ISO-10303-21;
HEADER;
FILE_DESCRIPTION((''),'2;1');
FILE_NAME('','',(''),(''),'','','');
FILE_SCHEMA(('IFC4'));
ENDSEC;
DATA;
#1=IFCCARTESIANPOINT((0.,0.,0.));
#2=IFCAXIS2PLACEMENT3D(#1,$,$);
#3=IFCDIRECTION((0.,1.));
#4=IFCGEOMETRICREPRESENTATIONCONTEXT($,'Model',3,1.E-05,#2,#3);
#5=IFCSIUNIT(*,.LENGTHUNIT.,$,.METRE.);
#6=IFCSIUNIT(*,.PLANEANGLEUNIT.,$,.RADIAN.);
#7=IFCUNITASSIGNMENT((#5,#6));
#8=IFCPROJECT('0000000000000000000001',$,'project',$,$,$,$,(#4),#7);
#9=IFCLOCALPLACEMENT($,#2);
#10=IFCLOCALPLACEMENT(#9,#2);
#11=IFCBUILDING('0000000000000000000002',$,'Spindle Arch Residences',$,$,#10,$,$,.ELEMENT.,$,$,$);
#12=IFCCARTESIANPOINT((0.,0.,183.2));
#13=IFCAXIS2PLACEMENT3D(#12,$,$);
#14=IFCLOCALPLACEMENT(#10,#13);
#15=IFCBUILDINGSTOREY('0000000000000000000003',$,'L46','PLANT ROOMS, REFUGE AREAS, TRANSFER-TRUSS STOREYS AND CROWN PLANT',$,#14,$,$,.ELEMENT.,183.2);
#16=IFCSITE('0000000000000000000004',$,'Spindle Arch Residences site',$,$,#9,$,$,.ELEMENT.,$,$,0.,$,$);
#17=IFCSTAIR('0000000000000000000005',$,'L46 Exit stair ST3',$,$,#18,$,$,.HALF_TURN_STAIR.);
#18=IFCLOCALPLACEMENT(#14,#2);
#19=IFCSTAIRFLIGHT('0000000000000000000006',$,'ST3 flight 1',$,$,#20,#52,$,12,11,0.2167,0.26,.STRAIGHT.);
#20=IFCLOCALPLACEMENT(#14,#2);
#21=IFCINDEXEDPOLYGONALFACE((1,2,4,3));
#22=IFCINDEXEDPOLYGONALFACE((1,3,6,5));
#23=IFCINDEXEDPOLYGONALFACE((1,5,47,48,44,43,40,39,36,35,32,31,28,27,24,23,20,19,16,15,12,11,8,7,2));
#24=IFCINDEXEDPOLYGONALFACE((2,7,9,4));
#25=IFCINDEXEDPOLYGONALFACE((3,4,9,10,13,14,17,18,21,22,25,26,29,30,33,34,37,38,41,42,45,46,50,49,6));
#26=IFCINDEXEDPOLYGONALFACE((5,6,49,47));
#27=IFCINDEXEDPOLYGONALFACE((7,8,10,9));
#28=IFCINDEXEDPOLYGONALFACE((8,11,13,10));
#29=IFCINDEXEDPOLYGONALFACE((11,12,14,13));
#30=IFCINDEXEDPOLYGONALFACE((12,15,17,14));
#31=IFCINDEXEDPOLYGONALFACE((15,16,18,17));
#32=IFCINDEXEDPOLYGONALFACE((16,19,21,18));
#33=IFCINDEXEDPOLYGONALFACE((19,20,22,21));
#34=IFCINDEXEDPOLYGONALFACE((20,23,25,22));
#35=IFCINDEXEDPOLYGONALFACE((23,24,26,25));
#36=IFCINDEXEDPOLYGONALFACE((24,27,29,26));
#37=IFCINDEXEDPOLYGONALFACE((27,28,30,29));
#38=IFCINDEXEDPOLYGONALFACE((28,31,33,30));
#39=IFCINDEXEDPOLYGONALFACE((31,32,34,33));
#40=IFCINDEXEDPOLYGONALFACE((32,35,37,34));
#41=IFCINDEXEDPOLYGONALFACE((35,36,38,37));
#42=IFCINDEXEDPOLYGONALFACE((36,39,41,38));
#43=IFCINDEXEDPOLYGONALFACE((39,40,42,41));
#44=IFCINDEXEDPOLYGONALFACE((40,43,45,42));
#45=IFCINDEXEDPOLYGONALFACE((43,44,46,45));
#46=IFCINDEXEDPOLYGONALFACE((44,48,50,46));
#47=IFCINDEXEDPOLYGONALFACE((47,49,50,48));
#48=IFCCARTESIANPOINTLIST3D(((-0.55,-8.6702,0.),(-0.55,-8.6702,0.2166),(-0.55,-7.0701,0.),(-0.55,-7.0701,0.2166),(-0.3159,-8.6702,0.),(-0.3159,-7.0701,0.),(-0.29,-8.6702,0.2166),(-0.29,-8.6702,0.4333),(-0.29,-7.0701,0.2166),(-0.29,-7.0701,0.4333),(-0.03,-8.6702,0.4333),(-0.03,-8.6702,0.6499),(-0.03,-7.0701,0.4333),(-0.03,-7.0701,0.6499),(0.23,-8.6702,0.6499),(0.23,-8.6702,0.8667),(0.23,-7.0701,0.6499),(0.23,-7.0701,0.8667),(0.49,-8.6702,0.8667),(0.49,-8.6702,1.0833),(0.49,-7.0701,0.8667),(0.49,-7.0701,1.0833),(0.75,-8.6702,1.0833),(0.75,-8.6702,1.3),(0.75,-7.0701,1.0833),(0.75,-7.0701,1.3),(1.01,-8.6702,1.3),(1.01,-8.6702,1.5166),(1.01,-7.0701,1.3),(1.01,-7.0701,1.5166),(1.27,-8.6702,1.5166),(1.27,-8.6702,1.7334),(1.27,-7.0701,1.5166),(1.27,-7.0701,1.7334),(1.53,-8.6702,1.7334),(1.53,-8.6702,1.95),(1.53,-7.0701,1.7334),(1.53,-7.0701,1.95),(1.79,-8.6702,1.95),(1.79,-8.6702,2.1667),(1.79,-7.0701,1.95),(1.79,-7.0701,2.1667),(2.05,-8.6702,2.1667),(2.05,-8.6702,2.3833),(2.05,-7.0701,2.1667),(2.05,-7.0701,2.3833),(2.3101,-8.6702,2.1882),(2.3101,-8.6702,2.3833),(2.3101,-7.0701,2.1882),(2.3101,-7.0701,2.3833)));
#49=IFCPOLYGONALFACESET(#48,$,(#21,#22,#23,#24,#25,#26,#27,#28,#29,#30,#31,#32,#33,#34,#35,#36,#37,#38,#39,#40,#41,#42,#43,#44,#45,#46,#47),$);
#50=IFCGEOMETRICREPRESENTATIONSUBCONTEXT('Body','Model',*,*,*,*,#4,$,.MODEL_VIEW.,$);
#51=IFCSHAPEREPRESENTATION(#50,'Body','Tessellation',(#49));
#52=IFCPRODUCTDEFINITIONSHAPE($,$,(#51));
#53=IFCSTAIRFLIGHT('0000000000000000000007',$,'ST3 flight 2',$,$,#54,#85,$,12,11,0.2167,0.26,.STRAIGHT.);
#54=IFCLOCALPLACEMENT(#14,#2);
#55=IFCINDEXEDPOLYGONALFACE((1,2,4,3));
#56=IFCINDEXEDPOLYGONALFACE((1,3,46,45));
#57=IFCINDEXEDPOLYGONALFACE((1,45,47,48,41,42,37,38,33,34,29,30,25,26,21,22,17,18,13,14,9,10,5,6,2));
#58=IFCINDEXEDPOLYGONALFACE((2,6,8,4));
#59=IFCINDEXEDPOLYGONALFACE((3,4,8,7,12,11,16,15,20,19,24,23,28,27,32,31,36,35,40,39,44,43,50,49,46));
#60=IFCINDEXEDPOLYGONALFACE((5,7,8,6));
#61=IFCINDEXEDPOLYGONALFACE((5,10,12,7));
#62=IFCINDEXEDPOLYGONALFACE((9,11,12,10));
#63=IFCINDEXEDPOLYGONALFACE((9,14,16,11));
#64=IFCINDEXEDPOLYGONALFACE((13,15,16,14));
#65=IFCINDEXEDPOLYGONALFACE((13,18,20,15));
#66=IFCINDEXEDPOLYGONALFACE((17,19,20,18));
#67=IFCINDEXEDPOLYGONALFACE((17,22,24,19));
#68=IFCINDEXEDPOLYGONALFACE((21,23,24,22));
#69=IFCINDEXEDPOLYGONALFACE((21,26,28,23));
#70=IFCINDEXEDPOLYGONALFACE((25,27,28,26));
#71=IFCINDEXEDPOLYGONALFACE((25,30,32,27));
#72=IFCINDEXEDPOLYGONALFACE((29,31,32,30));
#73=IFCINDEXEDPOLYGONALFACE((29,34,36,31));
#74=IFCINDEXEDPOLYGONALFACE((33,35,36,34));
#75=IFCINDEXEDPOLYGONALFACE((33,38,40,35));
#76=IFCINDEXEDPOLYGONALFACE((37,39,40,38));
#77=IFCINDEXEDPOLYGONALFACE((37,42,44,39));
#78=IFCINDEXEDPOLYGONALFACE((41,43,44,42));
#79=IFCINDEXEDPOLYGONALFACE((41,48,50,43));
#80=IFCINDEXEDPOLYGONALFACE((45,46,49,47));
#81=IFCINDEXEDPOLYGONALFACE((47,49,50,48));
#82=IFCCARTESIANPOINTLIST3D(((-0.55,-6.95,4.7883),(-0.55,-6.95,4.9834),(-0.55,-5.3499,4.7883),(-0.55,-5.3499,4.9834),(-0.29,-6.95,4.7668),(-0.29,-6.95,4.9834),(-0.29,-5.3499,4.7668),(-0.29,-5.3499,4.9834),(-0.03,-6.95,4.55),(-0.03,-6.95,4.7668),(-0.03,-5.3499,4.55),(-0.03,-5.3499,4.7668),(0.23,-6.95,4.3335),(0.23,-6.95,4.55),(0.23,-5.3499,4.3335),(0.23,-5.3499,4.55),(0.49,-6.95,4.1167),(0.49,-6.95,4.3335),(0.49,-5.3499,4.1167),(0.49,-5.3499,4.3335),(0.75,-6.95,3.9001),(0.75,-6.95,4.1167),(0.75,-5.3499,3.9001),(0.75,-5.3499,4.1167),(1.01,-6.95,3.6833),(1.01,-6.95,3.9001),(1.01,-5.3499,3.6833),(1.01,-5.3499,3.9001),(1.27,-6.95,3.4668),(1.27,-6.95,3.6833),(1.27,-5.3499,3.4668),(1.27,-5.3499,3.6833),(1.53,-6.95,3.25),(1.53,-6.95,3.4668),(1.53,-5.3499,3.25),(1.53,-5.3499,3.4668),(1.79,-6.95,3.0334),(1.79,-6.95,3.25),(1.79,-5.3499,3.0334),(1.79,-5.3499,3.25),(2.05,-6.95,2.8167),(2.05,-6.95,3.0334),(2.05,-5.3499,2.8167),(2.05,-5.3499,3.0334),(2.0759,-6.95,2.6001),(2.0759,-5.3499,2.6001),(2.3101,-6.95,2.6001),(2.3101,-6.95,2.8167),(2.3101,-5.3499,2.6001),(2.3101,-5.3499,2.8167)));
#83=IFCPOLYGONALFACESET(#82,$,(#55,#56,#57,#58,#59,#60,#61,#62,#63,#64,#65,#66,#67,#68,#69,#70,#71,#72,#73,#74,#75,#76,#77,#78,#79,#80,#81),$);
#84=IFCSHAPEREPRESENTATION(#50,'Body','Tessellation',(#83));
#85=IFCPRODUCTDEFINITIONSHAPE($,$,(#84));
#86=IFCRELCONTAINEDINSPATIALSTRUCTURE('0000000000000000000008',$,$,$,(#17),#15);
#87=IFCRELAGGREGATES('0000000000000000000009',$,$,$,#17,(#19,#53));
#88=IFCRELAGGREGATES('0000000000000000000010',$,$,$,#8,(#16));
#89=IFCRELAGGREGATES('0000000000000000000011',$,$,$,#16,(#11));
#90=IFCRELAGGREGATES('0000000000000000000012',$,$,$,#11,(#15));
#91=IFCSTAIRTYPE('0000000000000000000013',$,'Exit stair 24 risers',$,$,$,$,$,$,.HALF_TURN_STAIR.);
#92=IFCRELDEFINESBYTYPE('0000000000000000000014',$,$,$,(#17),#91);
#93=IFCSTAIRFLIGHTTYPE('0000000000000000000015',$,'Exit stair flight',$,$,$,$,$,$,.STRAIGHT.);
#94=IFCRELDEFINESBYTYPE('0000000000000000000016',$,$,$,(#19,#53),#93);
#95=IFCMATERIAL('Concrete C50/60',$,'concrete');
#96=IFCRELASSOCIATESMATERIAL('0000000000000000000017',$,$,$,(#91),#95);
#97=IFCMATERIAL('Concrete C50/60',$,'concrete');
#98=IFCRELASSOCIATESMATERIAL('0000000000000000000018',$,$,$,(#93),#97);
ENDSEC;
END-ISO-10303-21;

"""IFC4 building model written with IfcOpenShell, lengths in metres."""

from ifc_helpers import new_model, si_unit, direction, frame, origin, place, context, subcontext, project, spatial, polyline, outline, extrude, material, type_object, element, aggregate, save


model = new_model("IFC4")

# Units and contexts
model_context = context("Model", 3, precision=1e-05, world=origin(), true_north=direction((0.0, 1.0)))
body_context = subcontext(model_context, "Body", "Model", "MODEL_VIEW")
ifc_project = project(units=[si_unit("LENGTHUNIT", "METRE"), si_unit("PLANEANGLEUNIT", "RADIAN")], contexts=[model_context])

# Site, building, storey
site_placement = place(None, origin())
site = spatial("IfcSite", under=ifc_project, at=site_placement, Name="Spindle Arch Residences site", CompositionType="ELEMENT", RefElevation=0.0)
building_placement = place(site_placement, origin())
building = spatial("IfcBuilding", under=site, at=building_placement, Name="Spindle Arch Residences", CompositionType="ELEMENT")
storey_placement = place(building_placement, frame((0.0, 0.0, 183.2)))
storey = spatial("IfcBuildingStorey", under=building, at=storey_placement, Name="L46", Description="PLANT ROOMS, REFUGE AREAS, TRANSFER-TRUSS STOREYS AND CROWN PLANT", CompositionType="ELEMENT", Elevation=183.2)

# Stair, stair flights
ifc_material_1 = material(Name="Concrete C50/60", Category="concrete")
stair_type = type_object("IfcStairType", Name="Exit stair 24 risers", PredefinedType="HALF_TURN_STAIR", material=ifc_material_1)
stair_placement = place(storey_placement, origin())
stair = element("IfcStair", 1, at=stair_placement, inside=storey, type_object=stair_type, Name="L46 Exit stair ST3", PredefinedType="HALF_TURN_STAIR")
ifc_material_2 = material(Name="Concrete C50/60", Category="concrete")
stair_flight_type = type_object("IfcStairFlightType", Name="Exit stair flight", PredefinedType="STRAIGHT", material=ifc_material_2)
stair_flight_1_placement = place(storey_placement, frame((-0.55, -7.8701, 0.0), z_axis=(0.0, 0.0, 1.0), x_axis=(1.0, 0.0, 0.0)))
stair_flight_1 = element("IfcStairFlight", 2, at=stair_flight_1_placement, type_object=stair_flight_type, Name="ST3 flight 1", NumberOfRisers=12, NumberOfTreads=11, PredefinedType="STRAIGHT", RiserHeight=0.2167, TreadLength=0.26, context=body_context, shape_type="SweptSolid", body=[
    extrude(outline(polyline([(0.0, 0.0), (0.0, 0.2166), (0.26, 0.2166), (0.26, 0.4333), (0.52, 0.4333), (0.52, 0.6499), (0.78, 0.6499), (0.78, 0.8667), (1.04, 0.8667), (1.04, 1.0833), (1.3, 1.0833), (1.3, 1.3), (1.5601, 1.3), (1.5601, 1.5166), (1.8201, 1.5166), (1.8201, 1.7334), (2.0801, 1.7334), (2.0801, 1.95), (2.3401, 1.95), (2.3401, 2.1667), (2.6001, 2.1667), (2.6001, 2.3833), (2.8601, 2.3833), (2.8601, 2.6001), (2.8601, 2.1882), (0.2341, 0.0), (0.0, 0.0)])), frame((0.0, 0.8, 0.0), z_axis=(0.0, -1.0, 0.0), x_axis=(1.0, 0.0, 0.0)), (0.0, 0.0, 1.0), 1.6001),
])
stair_flight_2_placement = place(storey_placement, frame((2.3101, -6.1499, 2.6001), z_axis=(0.0, 0.0, 1.0), x_axis=(-1.0, 0.0, 0.0)))
stair_flight_2 = element("IfcStairFlight", 3, at=stair_flight_2_placement, type_object=stair_flight_type, Name="ST3 flight 2", NumberOfRisers=12, NumberOfTreads=11, PredefinedType="STRAIGHT", RiserHeight=0.2167, TreadLength=0.26, context=body_context, shape_type="SweptSolid", body=[
    extrude(outline(polyline([(0.0, 0.0), (0.0, 0.2166), (0.26, 0.2166), (0.26, 0.4333), (0.52, 0.4333), (0.52, 0.6499), (0.78, 0.6499), (0.78, 0.8667), (1.04, 0.8667), (1.04, 1.0833), (1.3, 1.0833), (1.3, 1.3), (1.5601, 1.3), (1.5601, 1.5166), (1.8201, 1.5166), (1.8201, 1.7334), (2.0801, 1.7334), (2.0801, 1.95), (2.3401, 1.95), (2.3401, 2.1667), (2.6001, 2.1667), (2.6001, 2.3833), (2.8601, 2.3833), (2.8601, 2.6001), (2.8601, 2.1882), (0.2341, 0.0), (0.0, 0.0)])), frame((0.0, 0.8, 0.0), z_axis=(0.0, -1.0, 0.0), x_axis=(1.0, 0.0, 0.0)), (0.0, 0.0, 1.0), 1.6001),
])
aggregate(stair, [stair_flight_1, stair_flight_2])

save(model, "model.ifc")
